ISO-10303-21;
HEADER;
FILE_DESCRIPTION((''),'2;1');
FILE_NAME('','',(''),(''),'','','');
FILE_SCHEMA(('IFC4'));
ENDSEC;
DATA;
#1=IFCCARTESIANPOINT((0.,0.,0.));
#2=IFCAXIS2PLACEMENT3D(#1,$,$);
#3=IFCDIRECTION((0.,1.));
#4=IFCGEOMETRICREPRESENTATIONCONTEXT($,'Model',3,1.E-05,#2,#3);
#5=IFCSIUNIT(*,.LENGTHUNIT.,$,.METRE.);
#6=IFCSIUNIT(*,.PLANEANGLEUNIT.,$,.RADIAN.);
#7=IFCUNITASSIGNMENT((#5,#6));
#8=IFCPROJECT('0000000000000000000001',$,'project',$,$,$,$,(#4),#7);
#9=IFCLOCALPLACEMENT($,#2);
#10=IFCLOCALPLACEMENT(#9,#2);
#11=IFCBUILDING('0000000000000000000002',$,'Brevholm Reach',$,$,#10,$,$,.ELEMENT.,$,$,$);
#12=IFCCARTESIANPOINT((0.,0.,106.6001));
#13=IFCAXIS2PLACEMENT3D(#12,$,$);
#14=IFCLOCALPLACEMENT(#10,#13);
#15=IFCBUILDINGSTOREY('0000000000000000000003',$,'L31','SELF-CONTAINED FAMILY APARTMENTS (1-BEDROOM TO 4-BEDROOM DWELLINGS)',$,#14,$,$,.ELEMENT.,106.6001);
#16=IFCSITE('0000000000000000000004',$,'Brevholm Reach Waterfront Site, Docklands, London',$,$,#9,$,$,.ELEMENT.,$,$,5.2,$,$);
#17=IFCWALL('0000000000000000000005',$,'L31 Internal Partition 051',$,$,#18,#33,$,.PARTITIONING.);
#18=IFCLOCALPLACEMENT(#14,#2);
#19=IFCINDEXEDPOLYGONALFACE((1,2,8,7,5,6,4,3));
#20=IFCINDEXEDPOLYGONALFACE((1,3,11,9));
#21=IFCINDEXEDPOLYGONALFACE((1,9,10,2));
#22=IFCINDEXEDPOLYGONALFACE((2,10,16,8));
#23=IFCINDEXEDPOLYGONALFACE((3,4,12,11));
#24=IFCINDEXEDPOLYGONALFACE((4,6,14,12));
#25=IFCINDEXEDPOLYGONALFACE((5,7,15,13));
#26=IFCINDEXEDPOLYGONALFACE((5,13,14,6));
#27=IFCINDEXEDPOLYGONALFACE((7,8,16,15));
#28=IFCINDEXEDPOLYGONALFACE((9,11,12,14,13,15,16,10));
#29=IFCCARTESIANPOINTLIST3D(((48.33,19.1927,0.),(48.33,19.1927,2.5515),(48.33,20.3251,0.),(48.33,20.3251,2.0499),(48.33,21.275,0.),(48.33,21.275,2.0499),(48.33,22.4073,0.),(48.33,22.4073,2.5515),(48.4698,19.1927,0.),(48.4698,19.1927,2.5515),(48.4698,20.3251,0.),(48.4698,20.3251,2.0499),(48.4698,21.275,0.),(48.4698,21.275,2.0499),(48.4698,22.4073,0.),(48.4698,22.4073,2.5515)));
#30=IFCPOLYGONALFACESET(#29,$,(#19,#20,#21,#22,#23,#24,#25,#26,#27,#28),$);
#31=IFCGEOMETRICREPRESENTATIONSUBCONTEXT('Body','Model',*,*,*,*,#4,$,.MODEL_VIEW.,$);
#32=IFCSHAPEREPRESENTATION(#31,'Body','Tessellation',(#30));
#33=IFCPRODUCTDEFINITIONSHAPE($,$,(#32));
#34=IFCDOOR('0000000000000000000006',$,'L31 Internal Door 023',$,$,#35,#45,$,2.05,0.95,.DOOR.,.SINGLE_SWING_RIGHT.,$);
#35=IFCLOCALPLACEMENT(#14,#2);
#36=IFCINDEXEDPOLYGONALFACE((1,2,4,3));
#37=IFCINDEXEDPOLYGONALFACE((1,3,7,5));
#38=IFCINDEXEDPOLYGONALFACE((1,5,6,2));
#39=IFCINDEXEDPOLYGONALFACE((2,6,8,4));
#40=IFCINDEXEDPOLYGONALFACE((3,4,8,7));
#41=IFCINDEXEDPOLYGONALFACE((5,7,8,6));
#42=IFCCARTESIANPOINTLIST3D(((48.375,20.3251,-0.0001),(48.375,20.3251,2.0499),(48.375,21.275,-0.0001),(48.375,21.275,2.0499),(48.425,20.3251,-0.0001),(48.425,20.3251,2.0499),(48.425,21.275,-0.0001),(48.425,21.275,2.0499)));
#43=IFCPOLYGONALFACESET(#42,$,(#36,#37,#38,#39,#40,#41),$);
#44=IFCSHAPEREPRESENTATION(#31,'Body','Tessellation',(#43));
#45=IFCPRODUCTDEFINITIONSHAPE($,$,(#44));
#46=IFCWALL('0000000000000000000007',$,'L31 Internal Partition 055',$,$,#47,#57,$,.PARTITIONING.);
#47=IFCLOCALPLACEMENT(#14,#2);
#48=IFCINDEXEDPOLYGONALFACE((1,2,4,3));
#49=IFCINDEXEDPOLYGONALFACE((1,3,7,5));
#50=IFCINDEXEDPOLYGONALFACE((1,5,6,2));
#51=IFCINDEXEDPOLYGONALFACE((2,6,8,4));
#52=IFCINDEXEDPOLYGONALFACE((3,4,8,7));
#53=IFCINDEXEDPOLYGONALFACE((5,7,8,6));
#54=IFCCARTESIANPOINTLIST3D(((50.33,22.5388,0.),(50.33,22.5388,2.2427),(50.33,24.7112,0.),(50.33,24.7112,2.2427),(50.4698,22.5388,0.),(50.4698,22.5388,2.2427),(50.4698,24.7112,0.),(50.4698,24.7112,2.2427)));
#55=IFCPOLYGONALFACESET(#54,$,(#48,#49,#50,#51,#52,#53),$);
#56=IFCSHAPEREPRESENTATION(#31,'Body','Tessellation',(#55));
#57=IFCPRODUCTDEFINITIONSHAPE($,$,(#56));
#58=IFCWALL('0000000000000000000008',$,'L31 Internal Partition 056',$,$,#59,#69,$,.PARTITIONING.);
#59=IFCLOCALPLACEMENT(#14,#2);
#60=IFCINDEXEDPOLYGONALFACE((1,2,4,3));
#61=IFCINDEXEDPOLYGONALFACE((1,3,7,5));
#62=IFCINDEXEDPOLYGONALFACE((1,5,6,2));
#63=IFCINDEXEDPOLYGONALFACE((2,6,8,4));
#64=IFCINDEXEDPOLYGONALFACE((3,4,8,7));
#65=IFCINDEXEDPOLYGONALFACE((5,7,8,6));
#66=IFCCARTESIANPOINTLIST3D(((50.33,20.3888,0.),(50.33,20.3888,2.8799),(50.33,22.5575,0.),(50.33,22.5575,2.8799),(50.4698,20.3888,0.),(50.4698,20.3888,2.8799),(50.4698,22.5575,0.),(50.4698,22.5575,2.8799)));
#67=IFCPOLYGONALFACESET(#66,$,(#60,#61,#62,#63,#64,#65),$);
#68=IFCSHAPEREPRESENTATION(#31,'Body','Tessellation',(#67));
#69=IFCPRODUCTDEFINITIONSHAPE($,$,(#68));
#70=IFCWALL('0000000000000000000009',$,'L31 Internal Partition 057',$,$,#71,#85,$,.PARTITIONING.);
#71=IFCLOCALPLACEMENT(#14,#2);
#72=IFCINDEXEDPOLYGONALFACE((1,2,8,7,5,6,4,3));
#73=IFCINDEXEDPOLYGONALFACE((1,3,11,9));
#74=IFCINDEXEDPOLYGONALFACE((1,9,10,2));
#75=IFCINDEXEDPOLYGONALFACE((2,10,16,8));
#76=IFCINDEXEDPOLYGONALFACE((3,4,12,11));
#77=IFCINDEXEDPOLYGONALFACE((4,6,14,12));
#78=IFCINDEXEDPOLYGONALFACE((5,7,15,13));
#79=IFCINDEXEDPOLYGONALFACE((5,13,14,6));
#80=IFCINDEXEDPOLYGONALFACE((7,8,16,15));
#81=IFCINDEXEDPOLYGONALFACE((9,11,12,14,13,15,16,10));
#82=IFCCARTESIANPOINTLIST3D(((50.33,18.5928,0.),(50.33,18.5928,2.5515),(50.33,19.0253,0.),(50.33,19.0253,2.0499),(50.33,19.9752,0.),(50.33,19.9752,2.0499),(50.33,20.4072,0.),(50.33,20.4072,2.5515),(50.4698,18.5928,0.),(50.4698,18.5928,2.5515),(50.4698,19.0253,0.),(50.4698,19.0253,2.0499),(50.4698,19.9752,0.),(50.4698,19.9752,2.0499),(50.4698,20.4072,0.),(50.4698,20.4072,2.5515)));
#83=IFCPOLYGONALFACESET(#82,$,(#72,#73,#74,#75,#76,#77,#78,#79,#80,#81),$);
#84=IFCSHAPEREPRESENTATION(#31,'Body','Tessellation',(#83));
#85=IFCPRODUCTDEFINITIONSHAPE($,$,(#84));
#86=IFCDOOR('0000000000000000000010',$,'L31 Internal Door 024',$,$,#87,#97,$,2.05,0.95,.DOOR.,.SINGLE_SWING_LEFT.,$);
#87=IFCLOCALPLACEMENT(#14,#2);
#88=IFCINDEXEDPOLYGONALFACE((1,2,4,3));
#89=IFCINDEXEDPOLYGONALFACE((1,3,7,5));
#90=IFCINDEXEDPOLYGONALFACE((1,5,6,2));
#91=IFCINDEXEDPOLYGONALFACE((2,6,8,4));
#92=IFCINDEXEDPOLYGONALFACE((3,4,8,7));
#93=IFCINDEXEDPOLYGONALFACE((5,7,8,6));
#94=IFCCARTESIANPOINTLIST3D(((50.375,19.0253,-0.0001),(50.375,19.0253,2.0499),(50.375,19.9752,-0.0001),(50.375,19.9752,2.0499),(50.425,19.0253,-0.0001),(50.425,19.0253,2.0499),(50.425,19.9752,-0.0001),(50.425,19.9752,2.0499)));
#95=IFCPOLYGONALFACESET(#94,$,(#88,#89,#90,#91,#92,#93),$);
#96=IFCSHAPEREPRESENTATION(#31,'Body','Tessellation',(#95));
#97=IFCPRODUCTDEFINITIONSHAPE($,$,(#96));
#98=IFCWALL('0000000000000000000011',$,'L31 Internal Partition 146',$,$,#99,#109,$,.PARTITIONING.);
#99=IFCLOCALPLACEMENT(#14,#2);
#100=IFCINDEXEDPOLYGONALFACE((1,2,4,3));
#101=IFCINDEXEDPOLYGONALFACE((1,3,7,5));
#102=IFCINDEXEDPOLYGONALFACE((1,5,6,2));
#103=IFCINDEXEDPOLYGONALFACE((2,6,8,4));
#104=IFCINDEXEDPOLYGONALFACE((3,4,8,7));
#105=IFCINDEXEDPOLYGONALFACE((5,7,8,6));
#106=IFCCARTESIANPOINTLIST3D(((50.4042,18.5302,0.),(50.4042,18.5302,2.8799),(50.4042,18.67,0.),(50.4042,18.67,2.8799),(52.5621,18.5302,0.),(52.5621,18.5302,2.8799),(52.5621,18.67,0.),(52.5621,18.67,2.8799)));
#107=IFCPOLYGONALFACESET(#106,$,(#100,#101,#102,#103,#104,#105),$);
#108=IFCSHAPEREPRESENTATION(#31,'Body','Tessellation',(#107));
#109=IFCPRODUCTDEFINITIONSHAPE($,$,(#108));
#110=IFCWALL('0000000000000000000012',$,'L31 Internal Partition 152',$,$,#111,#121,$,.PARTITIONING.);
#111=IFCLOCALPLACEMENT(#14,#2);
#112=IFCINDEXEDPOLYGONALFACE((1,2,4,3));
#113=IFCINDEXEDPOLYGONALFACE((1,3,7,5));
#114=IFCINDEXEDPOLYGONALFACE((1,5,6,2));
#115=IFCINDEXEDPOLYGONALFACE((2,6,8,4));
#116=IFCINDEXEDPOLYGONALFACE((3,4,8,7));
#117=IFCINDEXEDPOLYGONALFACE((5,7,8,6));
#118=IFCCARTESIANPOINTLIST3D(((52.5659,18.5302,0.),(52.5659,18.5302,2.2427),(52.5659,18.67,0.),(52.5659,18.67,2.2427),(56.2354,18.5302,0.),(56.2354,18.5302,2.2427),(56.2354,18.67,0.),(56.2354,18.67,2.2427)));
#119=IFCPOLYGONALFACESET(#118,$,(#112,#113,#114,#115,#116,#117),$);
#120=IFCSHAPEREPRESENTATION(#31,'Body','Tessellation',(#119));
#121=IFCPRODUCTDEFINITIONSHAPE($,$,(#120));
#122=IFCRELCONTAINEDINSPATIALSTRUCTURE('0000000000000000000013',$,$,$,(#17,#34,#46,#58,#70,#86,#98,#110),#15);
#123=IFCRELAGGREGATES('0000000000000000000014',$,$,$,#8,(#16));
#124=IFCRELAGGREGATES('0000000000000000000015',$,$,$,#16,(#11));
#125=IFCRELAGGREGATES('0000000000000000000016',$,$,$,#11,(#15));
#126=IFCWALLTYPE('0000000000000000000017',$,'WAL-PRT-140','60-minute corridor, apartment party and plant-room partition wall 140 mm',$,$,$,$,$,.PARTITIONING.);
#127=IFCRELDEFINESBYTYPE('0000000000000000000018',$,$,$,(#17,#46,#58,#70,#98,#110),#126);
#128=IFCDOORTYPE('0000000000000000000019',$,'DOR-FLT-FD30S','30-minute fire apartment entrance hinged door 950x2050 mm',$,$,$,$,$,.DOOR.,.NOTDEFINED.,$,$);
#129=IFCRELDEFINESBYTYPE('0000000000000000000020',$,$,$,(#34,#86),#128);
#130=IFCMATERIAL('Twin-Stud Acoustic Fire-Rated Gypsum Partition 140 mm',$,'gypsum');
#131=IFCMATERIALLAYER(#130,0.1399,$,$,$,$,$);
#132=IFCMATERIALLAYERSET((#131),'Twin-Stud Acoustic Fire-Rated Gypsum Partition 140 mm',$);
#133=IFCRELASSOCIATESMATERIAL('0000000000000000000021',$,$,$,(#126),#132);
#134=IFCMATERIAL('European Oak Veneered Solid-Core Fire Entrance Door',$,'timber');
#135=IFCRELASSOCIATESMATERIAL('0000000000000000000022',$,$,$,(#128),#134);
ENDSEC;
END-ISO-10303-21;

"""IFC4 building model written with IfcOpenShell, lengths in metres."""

from ifc_helpers import new_model, si_unit, direction, frame, frame_2d, origin, place, context, subcontext, project, spatial, rectangle, extrude, material, layer, layer_set, type_object, element, fill, save


model = new_model("IFC4")

# Units and contexts
model_context = context("Model", 3, precision=1e-05, world=origin(), true_north=direction((0.0, 1.0)))
body_context = subcontext(model_context, "Body", "Model", "MODEL_VIEW")
ifc_project = project(units=[si_unit("LENGTHUNIT", "METRE"), si_unit("PLANEANGLEUNIT", "RADIAN")], contexts=[model_context])

# Site, building, storey
site_placement = place(None, origin())
site = spatial("IfcSite", under=ifc_project, at=site_placement, Name="Brevholm Reach Waterfront Site, Docklands, London", CompositionType="ELEMENT", RefElevation=5.2)
building_placement = place(site_placement, origin())
building = spatial("IfcBuilding", under=site, at=building_placement, Name="Brevholm Reach", CompositionType="ELEMENT")
storey_placement = place(building_placement, frame((0.0, 0.0, 106.6001)))
storey = spatial("IfcBuildingStorey", under=building, at=storey_placement, Name="L31", Description="SELF-CONTAINED FAMILY APARTMENTS (1-BEDROOM TO 4-BEDROOM DWELLINGS)", CompositionType="ELEMENT", Elevation=106.6001)

# Shared definitions
ifc_material_1 = material(Name="Twin-Stud Acoustic Fire-Rated Gypsum Partition 140 mm", Category="gypsum")
ifc_layer_1 = layer(ifc_material_1, 0.1399)
ifc_layer_set_1 = layer_set([ifc_layer_1], Name="Twin-Stud Acoustic Fire-Rated Gypsum Partition 140 mm")
wall_type_1 = type_object("IfcWallType", Name="WAL-PRT-140", Description="60-minute corridor, apartment party and plant-room partition wall 140 mm", PredefinedType="PARTITIONING", material=ifc_layer_set_1)

# Wall, opening, door
wall_1_placement = place(storey_placement, frame((48.3999, 19.1926, 0.0), z_axis=(0.0, 0.0, 1.0), x_axis=(0.0, 1.0, 0.0)))
wall_1 = element("IfcWall", 1, at=wall_1_placement, inside=storey, type_object=wall_type_1, Name="L31 Internal Partition 051", PredefinedType="PARTITIONING", context=body_context, shape_type="SweptSolid", body=[
    extrude(rectangle(XDim=3.2146, YDim=0.1399, at=frame_2d((1.6074, 0.0))), origin(), (0.0, 0.0, 1.0), 2.5515),
])
opening_1_placement = place(wall_1_placement, frame((1.1323, 0.0, 0.0)))
opening_1 = element("IfcOpeningElement", 2, at=opening_1_placement, cuts=wall_1, PredefinedType="OPENING", context=body_context, shape_type="SweptSolid", body=[
    extrude(rectangle(XDim=0.95, YDim=2.05, at=frame_2d((0.4751, 1.0249))), frame((0.0, 0.0798, 0.0), z_axis=(0.0, -1.0, 0.0), x_axis=(1.0, 0.0, 0.0)), (0.0, 0.0, 1.0), 0.1599),
])
ifc_material_2 = material(Name="European Oak Veneered Solid-Core Fire Entrance Door", Category="timber")
door_type_1 = type_object("IfcDoorType", Name="DOR-FLT-FD30S", Description="30-minute fire apartment entrance hinged door 950x2050 mm", OperationType="NOTDEFINED", PredefinedType="DOOR", material=ifc_material_2)
door_1_placement = place(opening_1_placement, origin())
door_1 = element("IfcDoor", 3, at=door_1_placement, inside=storey, type_object=door_type_1, Name="L31 Internal Door 023", OperationType="SINGLE_SWING_RIGHT", OverallHeight=2.05, OverallWidth=0.95, PredefinedType="DOOR", context=body_context, shape_type="SweptSolid", body=[
    extrude(rectangle(XDim=0.95, YDim=2.05, at=frame_2d((0.4751, 1.0249))), frame((0.0, 0.0249, 0.0), z_axis=(0.0, -1.0, 0.0), x_axis=(1.0, 0.0, 0.0)), (0.0, 0.0, 1.0), 0.05),
])
fill(opening_1, door_1)

# Walls
wall_2_placement = place(storey_placement, frame((50.3999, 22.5388, 0.0), z_axis=(0.0, 0.0, 1.0), x_axis=(0.0, 1.0, 0.0)))
element("IfcWall", 4, at=wall_2_placement, inside=storey, type_object=wall_type_1, Name="L31 Internal Partition 055", PredefinedType="PARTITIONING", context=body_context, shape_type="SweptSolid", body=[
    extrude(rectangle(XDim=2.1724, YDim=0.1399, at=frame_2d((1.0862, 0.0))), origin(), (0.0, 0.0, 1.0), 2.2427),
])
wall_3_placement = place(storey_placement, frame((50.3999, 20.3887, 0.0), z_axis=(0.0, 0.0, 1.0), x_axis=(0.0, 1.0, 0.0)))
element("IfcWall", 5, at=wall_3_placement, inside=storey, type_object=wall_type_1, Name="L31 Internal Partition 056", PredefinedType="PARTITIONING", context=body_context, shape_type="SweptSolid", body=[
    extrude(rectangle(XDim=2.1687, YDim=0.1399, at=frame_2d((1.0845, 0.0))), origin(), (0.0, 0.0, 1.0), 2.8799),
])

# Wall, opening, door
wall_4_placement = place(storey_placement, frame((50.3999, 18.5928, 0.0), z_axis=(0.0, 0.0, 1.0), x_axis=(0.0, 1.0, 0.0)))
wall_4 = element("IfcWall", 6, at=wall_4_placement, inside=storey, type_object=wall_type_1, Name="L31 Internal Partition 057", PredefinedType="PARTITIONING", context=body_context, shape_type="SweptSolid", body=[
    extrude(rectangle(XDim=1.8145, YDim=0.1399, at=frame_2d((0.9072, 0.0))), origin(), (0.0, 0.0, 1.0), 2.5515),
])
opening_2_placement = place(wall_4_placement, frame((0.4324, 0.0, 0.0)))
opening_2 = element("IfcOpeningElement", 7, at=opening_2_placement, cuts=wall_4, PredefinedType="OPENING", context=body_context, shape_type="SweptSolid", body=[
    extrude(rectangle(XDim=0.95, YDim=2.05, at=frame_2d((0.4751, 1.0249))), frame((0.0, 0.0798, 0.0), z_axis=(0.0, -1.0, 0.0), x_axis=(1.0, 0.0, 0.0)), (0.0, 0.0, 1.0), 0.1599),
])
door_2_placement = place(opening_2_placement, origin())
door_2 = element("IfcDoor", 8, at=door_2_placement, inside=storey, type_object=door_type_1, Name="L31 Internal Door 024", OperationType="SINGLE_SWING_LEFT", OverallHeight=2.05, OverallWidth=0.95, PredefinedType="DOOR", context=body_context, shape_type="SweptSolid", body=[
    extrude(rectangle(XDim=0.95, YDim=2.05, at=frame_2d((0.4751, 1.0249))), frame((0.0, 0.0249, 0.0), z_axis=(0.0, -1.0, 0.0), x_axis=(1.0, 0.0, 0.0)), (0.0, 0.0, 1.0), 0.05),
])
fill(opening_2, door_2)

# Walls
wall_5_placement = place(storey_placement, frame((50.4041, 18.6001, 0.0), z_axis=(0.0, 0.0, 1.0), x_axis=(1.0, 0.0, 0.0)))
element("IfcWall", 9, at=wall_5_placement, inside=storey, type_object=wall_type_1, Name="L31 Internal Partition 146", PredefinedType="PARTITIONING", context=body_context, shape_type="SweptSolid", body=[
    extrude(rectangle(XDim=2.158, YDim=0.1399, at=frame_2d((1.0791, 0.0))), origin(), (0.0, 0.0, 1.0), 2.8799),
])
wall_6_placement = place(storey_placement, frame((52.5659, 18.6001, 0.0), z_axis=(0.0, 0.0, 1.0), x_axis=(1.0, 0.0, 0.0)))
element("IfcWall", 10, at=wall_6_placement, inside=storey, type_object=wall_type_1, Name="L31 Internal Partition 152", PredefinedType="PARTITIONING", context=body_context, shape_type="SweptSolid", body=[
    extrude(rectangle(XDim=3.6694, YDim=0.1399, at=frame_2d((1.8347, 0.0))), origin(), (0.0, 0.0, 1.0), 2.2427),
])

save(model, "model.ifc")
